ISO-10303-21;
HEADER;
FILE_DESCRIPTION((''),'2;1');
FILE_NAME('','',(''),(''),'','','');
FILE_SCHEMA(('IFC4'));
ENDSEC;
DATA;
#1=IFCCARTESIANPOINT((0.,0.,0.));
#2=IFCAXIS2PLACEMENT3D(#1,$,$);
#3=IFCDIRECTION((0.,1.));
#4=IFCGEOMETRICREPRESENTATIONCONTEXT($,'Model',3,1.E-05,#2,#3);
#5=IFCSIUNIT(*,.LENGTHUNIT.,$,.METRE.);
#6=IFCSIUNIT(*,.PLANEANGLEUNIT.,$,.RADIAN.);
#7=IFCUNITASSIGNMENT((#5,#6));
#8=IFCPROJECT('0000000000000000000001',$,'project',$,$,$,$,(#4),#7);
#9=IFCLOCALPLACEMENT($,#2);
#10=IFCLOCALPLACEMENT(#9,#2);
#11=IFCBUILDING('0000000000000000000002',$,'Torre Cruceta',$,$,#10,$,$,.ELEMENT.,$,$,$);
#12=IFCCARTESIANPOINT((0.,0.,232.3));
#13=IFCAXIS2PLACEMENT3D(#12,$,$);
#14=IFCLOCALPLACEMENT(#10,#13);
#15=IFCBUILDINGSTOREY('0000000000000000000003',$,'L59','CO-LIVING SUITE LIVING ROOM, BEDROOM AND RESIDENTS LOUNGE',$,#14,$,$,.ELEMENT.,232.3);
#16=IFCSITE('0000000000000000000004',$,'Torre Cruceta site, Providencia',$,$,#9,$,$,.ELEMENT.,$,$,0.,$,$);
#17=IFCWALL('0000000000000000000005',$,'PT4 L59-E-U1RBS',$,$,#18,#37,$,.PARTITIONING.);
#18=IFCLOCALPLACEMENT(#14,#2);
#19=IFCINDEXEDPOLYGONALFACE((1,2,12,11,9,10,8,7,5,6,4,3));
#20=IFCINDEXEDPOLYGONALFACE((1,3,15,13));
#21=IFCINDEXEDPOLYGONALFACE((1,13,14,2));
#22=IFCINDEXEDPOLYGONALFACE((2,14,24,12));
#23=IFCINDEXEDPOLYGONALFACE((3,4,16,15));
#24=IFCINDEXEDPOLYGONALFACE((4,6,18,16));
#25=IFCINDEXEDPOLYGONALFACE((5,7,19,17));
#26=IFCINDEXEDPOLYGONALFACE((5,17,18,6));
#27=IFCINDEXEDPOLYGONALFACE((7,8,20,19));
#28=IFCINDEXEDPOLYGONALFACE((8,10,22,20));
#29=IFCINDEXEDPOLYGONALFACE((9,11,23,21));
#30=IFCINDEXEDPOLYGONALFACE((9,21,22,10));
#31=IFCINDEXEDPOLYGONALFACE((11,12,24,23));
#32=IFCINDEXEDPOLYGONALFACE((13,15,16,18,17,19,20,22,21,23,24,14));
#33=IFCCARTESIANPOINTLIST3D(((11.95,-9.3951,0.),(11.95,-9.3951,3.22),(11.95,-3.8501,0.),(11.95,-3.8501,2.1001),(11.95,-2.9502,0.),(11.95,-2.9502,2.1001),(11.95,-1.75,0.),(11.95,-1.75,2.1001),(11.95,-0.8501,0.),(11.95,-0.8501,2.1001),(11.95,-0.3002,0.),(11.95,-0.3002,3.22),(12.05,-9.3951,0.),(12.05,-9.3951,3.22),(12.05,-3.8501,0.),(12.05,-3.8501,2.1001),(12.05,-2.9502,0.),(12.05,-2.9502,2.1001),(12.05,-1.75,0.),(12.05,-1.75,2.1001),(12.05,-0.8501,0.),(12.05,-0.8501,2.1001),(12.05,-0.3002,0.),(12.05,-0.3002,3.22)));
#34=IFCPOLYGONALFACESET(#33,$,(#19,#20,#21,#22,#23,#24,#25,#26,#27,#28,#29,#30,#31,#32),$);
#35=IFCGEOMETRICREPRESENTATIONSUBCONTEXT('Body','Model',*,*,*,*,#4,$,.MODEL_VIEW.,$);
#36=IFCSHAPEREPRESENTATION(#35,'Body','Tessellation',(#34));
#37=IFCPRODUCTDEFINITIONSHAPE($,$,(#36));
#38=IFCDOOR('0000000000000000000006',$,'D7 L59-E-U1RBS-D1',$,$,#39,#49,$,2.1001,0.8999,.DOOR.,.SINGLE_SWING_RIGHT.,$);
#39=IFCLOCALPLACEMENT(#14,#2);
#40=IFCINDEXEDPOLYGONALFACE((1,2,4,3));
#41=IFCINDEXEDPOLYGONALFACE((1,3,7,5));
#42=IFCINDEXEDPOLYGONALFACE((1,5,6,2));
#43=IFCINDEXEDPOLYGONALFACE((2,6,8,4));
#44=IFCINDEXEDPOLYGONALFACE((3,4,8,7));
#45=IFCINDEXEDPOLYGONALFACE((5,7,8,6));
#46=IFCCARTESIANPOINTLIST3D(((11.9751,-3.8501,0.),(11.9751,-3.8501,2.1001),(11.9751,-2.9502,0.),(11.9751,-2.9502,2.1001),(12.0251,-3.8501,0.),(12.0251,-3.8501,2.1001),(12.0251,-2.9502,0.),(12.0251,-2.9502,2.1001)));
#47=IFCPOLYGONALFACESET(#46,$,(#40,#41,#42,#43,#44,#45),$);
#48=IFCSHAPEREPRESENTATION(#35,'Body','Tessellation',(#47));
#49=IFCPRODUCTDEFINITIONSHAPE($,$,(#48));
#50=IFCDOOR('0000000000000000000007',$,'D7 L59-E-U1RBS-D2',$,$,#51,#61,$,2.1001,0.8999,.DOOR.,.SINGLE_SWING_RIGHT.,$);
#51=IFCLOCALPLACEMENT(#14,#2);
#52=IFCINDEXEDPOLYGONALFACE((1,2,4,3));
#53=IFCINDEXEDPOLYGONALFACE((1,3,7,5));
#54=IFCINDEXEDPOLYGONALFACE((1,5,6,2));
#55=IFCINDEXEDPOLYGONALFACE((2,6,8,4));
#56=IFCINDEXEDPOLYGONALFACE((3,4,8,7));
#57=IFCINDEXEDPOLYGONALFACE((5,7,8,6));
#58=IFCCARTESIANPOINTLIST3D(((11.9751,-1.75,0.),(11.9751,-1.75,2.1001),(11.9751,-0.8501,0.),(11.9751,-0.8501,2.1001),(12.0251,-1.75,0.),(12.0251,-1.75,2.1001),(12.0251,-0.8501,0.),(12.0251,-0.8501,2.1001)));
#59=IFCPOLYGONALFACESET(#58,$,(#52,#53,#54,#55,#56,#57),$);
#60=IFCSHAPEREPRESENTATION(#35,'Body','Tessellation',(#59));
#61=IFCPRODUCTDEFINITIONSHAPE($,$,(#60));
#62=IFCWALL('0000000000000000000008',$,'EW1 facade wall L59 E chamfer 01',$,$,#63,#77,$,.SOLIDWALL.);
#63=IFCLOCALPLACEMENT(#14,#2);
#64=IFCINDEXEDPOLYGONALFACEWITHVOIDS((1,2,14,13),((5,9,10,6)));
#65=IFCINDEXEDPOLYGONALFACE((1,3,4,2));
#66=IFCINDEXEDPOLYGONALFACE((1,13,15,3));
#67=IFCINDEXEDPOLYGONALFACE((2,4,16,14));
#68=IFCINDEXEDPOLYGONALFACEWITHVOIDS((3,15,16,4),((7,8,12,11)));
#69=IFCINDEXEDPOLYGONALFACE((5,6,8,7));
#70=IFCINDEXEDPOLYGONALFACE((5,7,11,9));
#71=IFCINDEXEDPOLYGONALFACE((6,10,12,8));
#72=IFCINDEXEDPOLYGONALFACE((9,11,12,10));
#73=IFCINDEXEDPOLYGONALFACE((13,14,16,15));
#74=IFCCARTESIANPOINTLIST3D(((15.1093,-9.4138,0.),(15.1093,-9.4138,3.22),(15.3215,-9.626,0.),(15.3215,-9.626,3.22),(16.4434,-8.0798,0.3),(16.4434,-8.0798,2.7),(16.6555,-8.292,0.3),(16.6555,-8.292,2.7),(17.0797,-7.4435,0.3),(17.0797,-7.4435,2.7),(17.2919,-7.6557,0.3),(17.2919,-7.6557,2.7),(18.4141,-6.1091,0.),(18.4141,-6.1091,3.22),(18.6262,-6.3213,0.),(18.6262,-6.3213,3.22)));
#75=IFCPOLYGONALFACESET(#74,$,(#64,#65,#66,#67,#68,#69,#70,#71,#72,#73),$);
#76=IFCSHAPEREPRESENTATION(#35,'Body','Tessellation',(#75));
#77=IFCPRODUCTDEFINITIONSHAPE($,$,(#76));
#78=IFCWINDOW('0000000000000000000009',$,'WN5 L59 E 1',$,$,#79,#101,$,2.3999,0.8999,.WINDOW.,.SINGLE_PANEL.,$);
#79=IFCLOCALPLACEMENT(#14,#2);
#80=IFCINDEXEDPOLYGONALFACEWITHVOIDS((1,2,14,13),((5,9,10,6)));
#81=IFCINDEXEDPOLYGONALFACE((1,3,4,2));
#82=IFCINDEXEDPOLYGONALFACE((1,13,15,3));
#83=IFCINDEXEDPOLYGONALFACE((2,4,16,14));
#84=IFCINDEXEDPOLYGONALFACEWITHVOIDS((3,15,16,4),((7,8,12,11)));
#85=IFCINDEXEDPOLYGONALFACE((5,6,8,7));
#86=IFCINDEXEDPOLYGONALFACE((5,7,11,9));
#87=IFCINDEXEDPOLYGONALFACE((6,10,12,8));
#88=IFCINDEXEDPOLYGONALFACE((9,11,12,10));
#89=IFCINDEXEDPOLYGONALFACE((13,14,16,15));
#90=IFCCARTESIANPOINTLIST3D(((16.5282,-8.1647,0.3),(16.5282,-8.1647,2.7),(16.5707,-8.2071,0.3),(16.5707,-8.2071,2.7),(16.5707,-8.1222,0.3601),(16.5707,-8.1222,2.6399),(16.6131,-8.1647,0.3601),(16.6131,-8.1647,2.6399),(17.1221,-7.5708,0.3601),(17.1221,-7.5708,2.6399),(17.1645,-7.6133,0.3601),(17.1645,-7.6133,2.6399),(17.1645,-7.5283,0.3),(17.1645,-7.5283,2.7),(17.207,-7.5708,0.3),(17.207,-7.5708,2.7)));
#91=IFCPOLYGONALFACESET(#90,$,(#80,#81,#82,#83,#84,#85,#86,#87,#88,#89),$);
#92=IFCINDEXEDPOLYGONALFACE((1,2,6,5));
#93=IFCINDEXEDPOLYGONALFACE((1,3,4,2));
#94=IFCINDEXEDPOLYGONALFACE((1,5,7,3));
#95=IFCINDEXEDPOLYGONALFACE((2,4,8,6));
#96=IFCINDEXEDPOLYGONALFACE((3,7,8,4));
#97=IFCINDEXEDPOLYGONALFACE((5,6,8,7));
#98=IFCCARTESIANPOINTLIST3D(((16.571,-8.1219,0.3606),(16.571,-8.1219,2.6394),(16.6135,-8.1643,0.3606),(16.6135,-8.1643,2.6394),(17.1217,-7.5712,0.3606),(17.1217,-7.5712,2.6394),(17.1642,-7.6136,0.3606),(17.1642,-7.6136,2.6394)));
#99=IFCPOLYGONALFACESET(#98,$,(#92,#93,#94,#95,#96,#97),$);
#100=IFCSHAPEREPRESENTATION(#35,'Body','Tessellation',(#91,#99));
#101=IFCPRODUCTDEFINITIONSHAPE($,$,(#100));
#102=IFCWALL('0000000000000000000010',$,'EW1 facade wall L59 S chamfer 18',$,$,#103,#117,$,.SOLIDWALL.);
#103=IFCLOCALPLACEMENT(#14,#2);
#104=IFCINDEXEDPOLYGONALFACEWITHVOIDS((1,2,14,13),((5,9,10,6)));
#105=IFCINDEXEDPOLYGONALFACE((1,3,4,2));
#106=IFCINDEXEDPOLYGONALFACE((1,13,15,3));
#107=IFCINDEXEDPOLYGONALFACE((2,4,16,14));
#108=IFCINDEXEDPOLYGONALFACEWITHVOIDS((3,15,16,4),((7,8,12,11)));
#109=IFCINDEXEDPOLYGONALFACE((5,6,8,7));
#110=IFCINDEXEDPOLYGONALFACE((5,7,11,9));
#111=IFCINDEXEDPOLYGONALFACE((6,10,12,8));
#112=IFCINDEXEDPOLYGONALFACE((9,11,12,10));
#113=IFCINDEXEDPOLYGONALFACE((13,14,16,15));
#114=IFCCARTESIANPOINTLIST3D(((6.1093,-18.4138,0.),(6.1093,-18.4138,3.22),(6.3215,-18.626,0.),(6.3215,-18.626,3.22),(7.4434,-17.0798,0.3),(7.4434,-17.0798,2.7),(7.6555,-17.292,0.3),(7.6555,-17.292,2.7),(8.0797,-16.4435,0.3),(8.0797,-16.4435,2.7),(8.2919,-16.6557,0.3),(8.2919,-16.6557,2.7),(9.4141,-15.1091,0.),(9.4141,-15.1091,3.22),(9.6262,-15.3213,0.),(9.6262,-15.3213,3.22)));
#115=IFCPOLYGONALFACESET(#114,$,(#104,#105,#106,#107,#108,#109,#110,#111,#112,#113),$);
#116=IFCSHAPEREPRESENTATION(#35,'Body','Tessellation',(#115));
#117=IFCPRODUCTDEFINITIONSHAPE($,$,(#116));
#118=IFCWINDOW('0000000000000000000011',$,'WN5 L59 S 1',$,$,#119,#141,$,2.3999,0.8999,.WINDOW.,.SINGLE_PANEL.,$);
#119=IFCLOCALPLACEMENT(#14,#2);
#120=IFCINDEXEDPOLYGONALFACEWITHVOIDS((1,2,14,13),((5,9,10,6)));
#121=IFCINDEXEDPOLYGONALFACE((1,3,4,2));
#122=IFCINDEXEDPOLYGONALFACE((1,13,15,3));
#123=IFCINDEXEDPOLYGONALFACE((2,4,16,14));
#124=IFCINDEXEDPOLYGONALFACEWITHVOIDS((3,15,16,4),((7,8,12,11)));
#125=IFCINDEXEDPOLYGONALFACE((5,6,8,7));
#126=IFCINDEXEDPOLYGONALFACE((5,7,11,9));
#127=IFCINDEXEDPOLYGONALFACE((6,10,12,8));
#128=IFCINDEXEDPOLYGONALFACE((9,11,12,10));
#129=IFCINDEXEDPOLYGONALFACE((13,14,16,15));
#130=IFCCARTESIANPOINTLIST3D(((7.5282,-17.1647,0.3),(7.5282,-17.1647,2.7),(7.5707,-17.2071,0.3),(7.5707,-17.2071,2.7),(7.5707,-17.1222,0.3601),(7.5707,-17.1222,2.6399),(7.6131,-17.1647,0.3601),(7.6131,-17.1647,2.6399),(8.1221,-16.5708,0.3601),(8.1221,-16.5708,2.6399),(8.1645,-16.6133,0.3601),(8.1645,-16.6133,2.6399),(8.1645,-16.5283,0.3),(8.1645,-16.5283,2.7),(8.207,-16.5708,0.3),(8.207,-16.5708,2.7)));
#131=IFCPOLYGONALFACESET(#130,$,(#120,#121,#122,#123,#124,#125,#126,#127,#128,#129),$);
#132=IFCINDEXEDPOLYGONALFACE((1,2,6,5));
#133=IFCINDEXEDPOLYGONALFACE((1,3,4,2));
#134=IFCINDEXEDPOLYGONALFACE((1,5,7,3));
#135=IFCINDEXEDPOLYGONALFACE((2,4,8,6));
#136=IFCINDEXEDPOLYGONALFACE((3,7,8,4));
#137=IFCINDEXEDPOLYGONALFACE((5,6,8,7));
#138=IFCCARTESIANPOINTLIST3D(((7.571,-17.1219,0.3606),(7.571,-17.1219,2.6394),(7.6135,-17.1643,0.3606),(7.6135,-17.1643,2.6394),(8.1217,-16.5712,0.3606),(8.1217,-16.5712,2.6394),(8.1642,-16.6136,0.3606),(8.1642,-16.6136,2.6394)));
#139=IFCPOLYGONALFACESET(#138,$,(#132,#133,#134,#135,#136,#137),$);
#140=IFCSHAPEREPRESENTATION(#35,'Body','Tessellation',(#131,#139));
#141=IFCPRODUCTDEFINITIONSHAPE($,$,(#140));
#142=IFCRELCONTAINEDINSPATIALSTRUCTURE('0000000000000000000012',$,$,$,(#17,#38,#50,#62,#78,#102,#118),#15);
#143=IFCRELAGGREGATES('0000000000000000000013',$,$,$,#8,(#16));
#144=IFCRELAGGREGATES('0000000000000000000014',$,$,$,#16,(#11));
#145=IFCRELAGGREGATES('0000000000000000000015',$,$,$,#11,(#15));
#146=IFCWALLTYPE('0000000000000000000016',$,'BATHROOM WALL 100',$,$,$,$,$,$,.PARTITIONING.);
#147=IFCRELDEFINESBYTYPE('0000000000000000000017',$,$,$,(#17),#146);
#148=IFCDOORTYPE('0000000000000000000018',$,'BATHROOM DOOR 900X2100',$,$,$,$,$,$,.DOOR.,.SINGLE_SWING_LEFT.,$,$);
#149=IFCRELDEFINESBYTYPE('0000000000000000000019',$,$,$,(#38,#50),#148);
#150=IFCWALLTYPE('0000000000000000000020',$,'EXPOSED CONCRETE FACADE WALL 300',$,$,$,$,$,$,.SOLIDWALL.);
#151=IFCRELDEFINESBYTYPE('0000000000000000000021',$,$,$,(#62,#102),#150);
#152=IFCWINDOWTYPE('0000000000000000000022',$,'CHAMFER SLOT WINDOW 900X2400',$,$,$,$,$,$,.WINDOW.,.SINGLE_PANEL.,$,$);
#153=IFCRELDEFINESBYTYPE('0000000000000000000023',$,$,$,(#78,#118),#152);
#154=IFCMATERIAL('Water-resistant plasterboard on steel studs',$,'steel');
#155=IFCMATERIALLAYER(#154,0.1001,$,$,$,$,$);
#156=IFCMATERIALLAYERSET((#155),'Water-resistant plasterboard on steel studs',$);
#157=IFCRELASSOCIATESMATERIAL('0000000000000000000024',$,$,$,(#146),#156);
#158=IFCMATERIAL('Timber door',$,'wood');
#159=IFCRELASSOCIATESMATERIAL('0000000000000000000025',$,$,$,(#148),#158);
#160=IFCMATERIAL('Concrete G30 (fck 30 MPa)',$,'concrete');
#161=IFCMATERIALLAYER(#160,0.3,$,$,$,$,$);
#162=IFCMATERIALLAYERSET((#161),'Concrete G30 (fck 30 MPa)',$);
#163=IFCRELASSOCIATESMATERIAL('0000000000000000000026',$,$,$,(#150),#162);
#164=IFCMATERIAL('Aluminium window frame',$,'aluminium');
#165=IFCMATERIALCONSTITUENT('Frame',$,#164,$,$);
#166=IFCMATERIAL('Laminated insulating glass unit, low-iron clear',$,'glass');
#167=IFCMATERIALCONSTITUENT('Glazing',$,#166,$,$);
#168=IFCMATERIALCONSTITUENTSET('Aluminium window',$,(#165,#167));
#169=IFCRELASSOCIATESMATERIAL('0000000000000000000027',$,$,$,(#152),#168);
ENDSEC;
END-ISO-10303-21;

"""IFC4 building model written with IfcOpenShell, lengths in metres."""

from ifc_helpers import new_model, si_unit, direction, frame, frame_2d, origin, place, context, subcontext, project, spatial, rectangle, hollow_rectangle, extrude, material, layer, layer_set, constituent, constituent_set, type_object, element, fill, save


model = new_model("IFC4")

# Units and contexts
model_context = context("Model", 3, precision=1e-05, world=origin(), true_north=direction((0.0, 1.0)))
body_context = subcontext(model_context, "Body", "Model", "MODEL_VIEW")
ifc_project = project(units=[si_unit("LENGTHUNIT", "METRE"), si_unit("PLANEANGLEUNIT", "RADIAN")], contexts=[model_context])

# Site, building, storey
site_placement = place(None, origin())
site = spatial("IfcSite", under=ifc_project, at=site_placement, Name="Torre Cruceta site, Providencia", CompositionType="ELEMENT", RefElevation=0.0)
building_placement = place(site_placement, origin())
building = spatial("IfcBuilding", under=site, at=building_placement, Name="Torre Cruceta", CompositionType="ELEMENT")
storey_placement = place(building_placement, frame((0.0, 0.0, 232.3)))
storey = spatial("IfcBuildingStorey", under=building, at=storey_placement, Name="L59", Description="CO-LIVING SUITE LIVING ROOM, BEDROOM AND RESIDENTS LOUNGE", CompositionType="ELEMENT", Elevation=232.3)

# Wall, openings, doors
ifc_material_1 = material(Name="Water-resistant plasterboard on steel studs", Category="steel")
ifc_layer_1 = layer(ifc_material_1, 0.1001)
ifc_layer_set_1 = layer_set([ifc_layer_1], Name="Water-resistant plasterboard on steel studs")
wall_type_1 = type_object("IfcWallType", Name="BATHROOM WALL 100", PredefinedType="PARTITIONING", material=ifc_layer_set_1)
wall_1_placement = place(storey_placement, frame((12.0, -9.395, 0.0), z_axis=(0.0, 0.0, 1.0), x_axis=(0.0, 1.0, 0.0)))
wall_1 = element("IfcWall", 1, at=wall_1_placement, inside=storey, type_object=wall_type_1, Name="PT4 L59-E-U1RBS", PredefinedType="PARTITIONING", context=body_context, shape_type="SweptSolid", body=[
    extrude(rectangle(XDim=9.095, YDim=0.1001, at=frame_2d((4.5474, 0.0))), origin(), (0.0, 0.0, 1.0), 3.22),
])
opening_1_placement = place(wall_1_placement, frame((5.5449, 0.0, 0.0)))
opening_1 = element("IfcOpeningElement", 2, at=opening_1_placement, cuts=wall_1, PredefinedType="OPENING", context=body_context, shape_type="SweptSolid", body=[
    extrude(rectangle(XDim=0.8999, YDim=2.1001, at=frame_2d((0.45, 1.05))), frame((0.0, 0.0601, 0.0), z_axis=(0.0, -1.0, 0.0), x_axis=(1.0, 0.0, 0.0)), (0.0, 0.0, 1.0), 0.1201),
])
opening_2_placement = place(wall_1_placement, frame((7.645, 0.0, 0.0)))
opening_2 = element("IfcOpeningElement", 3, at=opening_2_placement, cuts=wall_1, PredefinedType="OPENING", context=body_context, shape_type="SweptSolid", body=[
    extrude(rectangle(XDim=0.8999, YDim=2.1001, at=frame_2d((0.45, 1.05))), frame((0.0, 0.0601, 0.0), z_axis=(0.0, -1.0, 0.0), x_axis=(1.0, 0.0, 0.0)), (0.0, 0.0, 1.0), 0.1201),
])
ifc_material_2 = material(Name="Timber door", Category="wood")
door_type_1 = type_object("IfcDoorType", Name="BATHROOM DOOR 900X2100", OperationType="SINGLE_SWING_LEFT", PredefinedType="DOOR", material=ifc_material_2)
door_1_placement = place(opening_1_placement, origin())
door_1 = element("IfcDoor", 4, at=door_1_placement, inside=storey, type_object=door_type_1, Name="D7 L59-E-U1RBS-D1", OperationType="SINGLE_SWING_RIGHT", OverallHeight=2.1001, OverallWidth=0.8999, PredefinedType="DOOR", context=body_context, shape_type="SweptSolid", body=[
    extrude(rectangle(XDim=0.8999, YDim=2.1001, at=frame_2d((0.45, 1.05))), frame((0.0, 0.0249, 0.0), z_axis=(0.0, -1.0, 0.0), x_axis=(1.0, 0.0, 0.0)), (0.0, 0.0, 1.0), 0.05),
])
fill(opening_1, door_1)
door_2_placement = place(opening_2_placement, origin())
door_2 = element("IfcDoor", 5, at=door_2_placement, inside=storey, type_object=door_type_1, Name="D7 L59-E-U1RBS-D2", OperationType="SINGLE_SWING_RIGHT", OverallHeight=2.1001, OverallWidth=0.8999, PredefinedType="DOOR", context=body_context, shape_type="SweptSolid", body=[
    extrude(rectangle(XDim=0.8999, YDim=2.1001, at=frame_2d((0.45, 1.05))), frame((0.0, 0.0249, 0.0), z_axis=(0.0, -1.0, 0.0), x_axis=(1.0, 0.0, 0.0)), (0.0, 0.0, 1.0), 0.05),
])
fill(opening_2, door_2)

# Walls, openings, windows
ifc_material_3 = material(Name="Concrete G30 (fck 30 MPa)", Category="concrete")
ifc_layer_2 = layer(ifc_material_3, 0.3)
ifc_layer_set_2 = layer_set([ifc_layer_2], Name="Concrete G30 (fck 30 MPa)")
wall_type_2 = type_object("IfcWallType", Name="EXPOSED CONCRETE FACADE WALL 300", PredefinedType="SOLIDWALL", material=ifc_layer_set_2)
wall_2_placement = place(storey_placement, frame((15.2153, -9.52, 0.0), z_axis=(0.0, 0.0, 1.0), x_axis=(0.707107, 0.707107, 0.0)))
wall_2 = element("IfcWall", 6, at=wall_2_placement, inside=storey, type_object=wall_type_2, Name="EW1 facade wall L59 E chamfer 01", PredefinedType="SOLIDWALL", context=body_context, shape_type="SweptSolid", body=[
    extrude(rectangle(XDim=4.6736, YDim=0.3, at=frame_2d((2.3369, 0.0))), origin(), (0.0, 0.0, 1.0), 3.22),
])
opening_3_placement = place(wall_2_placement, frame((1.8867, 0.0, 0.3)))
opening_3 = element("IfcOpeningElement", 7, at=opening_3_placement, cuts=wall_2, PredefinedType="OPENING", context=body_context, shape_type="SweptSolid", body=[
    extrude(rectangle(XDim=0.8999, YDim=2.3999, at=frame_2d((0.45, 1.2))), frame((0.0, 0.1599, 0.0), z_axis=(0.0, -1.0, 0.0), x_axis=(1.0, 0.0, 0.0)), (0.0, 0.0, 1.0), 0.3201),
])
ifc_material_4 = material(Name="Aluminium window frame", Category="aluminium")
ifc_constituent_1 = constituent(ifc_material_4, Name="Frame")
ifc_material_5 = material(Name="Laminated insulating glass unit, low-iron clear", Category="glass")
ifc_constituent_2 = constituent(ifc_material_5, Name="Glazing")
ifc_constituent_set_1 = constituent_set(constituents=[ifc_constituent_1, ifc_constituent_2], Name="Aluminium window")
window_type = type_object("IfcWindowType", Name="CHAMFER SLOT WINDOW 900X2400", PartitioningType="SINGLE_PANEL", PredefinedType="WINDOW", material=ifc_constituent_set_1)
window_1_placement = place(opening_3_placement, origin())
window_1 = element("IfcWindow", 8, at=window_1_placement, inside=storey, type_object=window_type, Name="WN5 L59 E 1", OverallHeight=2.3999, OverallWidth=0.8999, PartitioningType="SINGLE_PANEL", PredefinedType="WINDOW", context=body_context, shape_type="SweptSolid", body=[
    extrude(hollow_rectangle(XDim=0.8999, YDim=2.3999, WallThickness=0.0601, at=frame_2d((0.45, 1.2))), frame((0.0, 0.03, 0.0), z_axis=(0.0, -1.0, 0.0), x_axis=(1.0, 0.0, 0.0)), (0.0, 0.0, 1.0), 0.0601),
    extrude(rectangle(XDim=0.7788, YDim=2.2788, at=frame_2d((0.45, 1.2))), frame((0.0, 0.03, 0.0), z_axis=(0.0, -1.0, 0.0), x_axis=(1.0, 0.0, 0.0)), (0.0, 0.0, 1.0), 0.0601),
])
fill(opening_3, window_1)
wall_3_placement = place(storey_placement, frame((6.2153, -18.52, 0.0), z_axis=(0.0, 0.0, 1.0), x_axis=(0.707107, 0.707107, 0.0)))
wall_3 = element("IfcWall", 9, at=wall_3_placement, inside=storey, type_object=wall_type_2, Name="EW1 facade wall L59 S chamfer 18", PredefinedType="SOLIDWALL", context=body_context, shape_type="SweptSolid", body=[
    extrude(rectangle(XDim=4.6736, YDim=0.3, at=frame_2d((2.3369, 0.0))), origin(), (0.0, 0.0, 1.0), 3.22),
])
opening_4_placement = place(wall_3_placement, frame((1.8867, 0.0, 0.3)))
opening_4 = element("IfcOpeningElement", 10, at=opening_4_placement, cuts=wall_3, PredefinedType="OPENING", context=body_context, shape_type="SweptSolid", body=[
    extrude(rectangle(XDim=0.8999, YDim=2.3999, at=frame_2d((0.45, 1.2))), frame((0.0, 0.1599, 0.0), z_axis=(0.0, -1.0, 0.0), x_axis=(1.0, 0.0, 0.0)), (0.0, 0.0, 1.0), 0.3201),
])
window_2_placement = place(opening_4_placement, origin())
window_2 = element("IfcWindow", 11, at=window_2_placement, inside=storey, type_object=window_type, Name="WN5 L59 S 1", OverallHeight=2.3999, OverallWidth=0.8999, PartitioningType="SINGLE_PANEL", PredefinedType="WINDOW", context=body_context, shape_type="SweptSolid", body=[
    extrude(hollow_rectangle(XDim=0.8999, YDim=2.3999, WallThickness=0.0601, at=frame_2d((0.45, 1.2))), frame((0.0, 0.03, 0.0), z_axis=(0.0, -1.0, 0.0), x_axis=(1.0, 0.0, 0.0)), (0.0, 0.0, 1.0), 0.0601),
    extrude(rectangle(XDim=0.7788, YDim=2.2788, at=frame_2d((0.45, 1.2))), frame((0.0, 0.03, 0.0), z_axis=(0.0, -1.0, 0.0), x_axis=(1.0, 0.0, 0.0)), (0.0, 0.0, 1.0), 0.0601),
])
fill(opening_4, window_2)

save(model, "model.ifc")
